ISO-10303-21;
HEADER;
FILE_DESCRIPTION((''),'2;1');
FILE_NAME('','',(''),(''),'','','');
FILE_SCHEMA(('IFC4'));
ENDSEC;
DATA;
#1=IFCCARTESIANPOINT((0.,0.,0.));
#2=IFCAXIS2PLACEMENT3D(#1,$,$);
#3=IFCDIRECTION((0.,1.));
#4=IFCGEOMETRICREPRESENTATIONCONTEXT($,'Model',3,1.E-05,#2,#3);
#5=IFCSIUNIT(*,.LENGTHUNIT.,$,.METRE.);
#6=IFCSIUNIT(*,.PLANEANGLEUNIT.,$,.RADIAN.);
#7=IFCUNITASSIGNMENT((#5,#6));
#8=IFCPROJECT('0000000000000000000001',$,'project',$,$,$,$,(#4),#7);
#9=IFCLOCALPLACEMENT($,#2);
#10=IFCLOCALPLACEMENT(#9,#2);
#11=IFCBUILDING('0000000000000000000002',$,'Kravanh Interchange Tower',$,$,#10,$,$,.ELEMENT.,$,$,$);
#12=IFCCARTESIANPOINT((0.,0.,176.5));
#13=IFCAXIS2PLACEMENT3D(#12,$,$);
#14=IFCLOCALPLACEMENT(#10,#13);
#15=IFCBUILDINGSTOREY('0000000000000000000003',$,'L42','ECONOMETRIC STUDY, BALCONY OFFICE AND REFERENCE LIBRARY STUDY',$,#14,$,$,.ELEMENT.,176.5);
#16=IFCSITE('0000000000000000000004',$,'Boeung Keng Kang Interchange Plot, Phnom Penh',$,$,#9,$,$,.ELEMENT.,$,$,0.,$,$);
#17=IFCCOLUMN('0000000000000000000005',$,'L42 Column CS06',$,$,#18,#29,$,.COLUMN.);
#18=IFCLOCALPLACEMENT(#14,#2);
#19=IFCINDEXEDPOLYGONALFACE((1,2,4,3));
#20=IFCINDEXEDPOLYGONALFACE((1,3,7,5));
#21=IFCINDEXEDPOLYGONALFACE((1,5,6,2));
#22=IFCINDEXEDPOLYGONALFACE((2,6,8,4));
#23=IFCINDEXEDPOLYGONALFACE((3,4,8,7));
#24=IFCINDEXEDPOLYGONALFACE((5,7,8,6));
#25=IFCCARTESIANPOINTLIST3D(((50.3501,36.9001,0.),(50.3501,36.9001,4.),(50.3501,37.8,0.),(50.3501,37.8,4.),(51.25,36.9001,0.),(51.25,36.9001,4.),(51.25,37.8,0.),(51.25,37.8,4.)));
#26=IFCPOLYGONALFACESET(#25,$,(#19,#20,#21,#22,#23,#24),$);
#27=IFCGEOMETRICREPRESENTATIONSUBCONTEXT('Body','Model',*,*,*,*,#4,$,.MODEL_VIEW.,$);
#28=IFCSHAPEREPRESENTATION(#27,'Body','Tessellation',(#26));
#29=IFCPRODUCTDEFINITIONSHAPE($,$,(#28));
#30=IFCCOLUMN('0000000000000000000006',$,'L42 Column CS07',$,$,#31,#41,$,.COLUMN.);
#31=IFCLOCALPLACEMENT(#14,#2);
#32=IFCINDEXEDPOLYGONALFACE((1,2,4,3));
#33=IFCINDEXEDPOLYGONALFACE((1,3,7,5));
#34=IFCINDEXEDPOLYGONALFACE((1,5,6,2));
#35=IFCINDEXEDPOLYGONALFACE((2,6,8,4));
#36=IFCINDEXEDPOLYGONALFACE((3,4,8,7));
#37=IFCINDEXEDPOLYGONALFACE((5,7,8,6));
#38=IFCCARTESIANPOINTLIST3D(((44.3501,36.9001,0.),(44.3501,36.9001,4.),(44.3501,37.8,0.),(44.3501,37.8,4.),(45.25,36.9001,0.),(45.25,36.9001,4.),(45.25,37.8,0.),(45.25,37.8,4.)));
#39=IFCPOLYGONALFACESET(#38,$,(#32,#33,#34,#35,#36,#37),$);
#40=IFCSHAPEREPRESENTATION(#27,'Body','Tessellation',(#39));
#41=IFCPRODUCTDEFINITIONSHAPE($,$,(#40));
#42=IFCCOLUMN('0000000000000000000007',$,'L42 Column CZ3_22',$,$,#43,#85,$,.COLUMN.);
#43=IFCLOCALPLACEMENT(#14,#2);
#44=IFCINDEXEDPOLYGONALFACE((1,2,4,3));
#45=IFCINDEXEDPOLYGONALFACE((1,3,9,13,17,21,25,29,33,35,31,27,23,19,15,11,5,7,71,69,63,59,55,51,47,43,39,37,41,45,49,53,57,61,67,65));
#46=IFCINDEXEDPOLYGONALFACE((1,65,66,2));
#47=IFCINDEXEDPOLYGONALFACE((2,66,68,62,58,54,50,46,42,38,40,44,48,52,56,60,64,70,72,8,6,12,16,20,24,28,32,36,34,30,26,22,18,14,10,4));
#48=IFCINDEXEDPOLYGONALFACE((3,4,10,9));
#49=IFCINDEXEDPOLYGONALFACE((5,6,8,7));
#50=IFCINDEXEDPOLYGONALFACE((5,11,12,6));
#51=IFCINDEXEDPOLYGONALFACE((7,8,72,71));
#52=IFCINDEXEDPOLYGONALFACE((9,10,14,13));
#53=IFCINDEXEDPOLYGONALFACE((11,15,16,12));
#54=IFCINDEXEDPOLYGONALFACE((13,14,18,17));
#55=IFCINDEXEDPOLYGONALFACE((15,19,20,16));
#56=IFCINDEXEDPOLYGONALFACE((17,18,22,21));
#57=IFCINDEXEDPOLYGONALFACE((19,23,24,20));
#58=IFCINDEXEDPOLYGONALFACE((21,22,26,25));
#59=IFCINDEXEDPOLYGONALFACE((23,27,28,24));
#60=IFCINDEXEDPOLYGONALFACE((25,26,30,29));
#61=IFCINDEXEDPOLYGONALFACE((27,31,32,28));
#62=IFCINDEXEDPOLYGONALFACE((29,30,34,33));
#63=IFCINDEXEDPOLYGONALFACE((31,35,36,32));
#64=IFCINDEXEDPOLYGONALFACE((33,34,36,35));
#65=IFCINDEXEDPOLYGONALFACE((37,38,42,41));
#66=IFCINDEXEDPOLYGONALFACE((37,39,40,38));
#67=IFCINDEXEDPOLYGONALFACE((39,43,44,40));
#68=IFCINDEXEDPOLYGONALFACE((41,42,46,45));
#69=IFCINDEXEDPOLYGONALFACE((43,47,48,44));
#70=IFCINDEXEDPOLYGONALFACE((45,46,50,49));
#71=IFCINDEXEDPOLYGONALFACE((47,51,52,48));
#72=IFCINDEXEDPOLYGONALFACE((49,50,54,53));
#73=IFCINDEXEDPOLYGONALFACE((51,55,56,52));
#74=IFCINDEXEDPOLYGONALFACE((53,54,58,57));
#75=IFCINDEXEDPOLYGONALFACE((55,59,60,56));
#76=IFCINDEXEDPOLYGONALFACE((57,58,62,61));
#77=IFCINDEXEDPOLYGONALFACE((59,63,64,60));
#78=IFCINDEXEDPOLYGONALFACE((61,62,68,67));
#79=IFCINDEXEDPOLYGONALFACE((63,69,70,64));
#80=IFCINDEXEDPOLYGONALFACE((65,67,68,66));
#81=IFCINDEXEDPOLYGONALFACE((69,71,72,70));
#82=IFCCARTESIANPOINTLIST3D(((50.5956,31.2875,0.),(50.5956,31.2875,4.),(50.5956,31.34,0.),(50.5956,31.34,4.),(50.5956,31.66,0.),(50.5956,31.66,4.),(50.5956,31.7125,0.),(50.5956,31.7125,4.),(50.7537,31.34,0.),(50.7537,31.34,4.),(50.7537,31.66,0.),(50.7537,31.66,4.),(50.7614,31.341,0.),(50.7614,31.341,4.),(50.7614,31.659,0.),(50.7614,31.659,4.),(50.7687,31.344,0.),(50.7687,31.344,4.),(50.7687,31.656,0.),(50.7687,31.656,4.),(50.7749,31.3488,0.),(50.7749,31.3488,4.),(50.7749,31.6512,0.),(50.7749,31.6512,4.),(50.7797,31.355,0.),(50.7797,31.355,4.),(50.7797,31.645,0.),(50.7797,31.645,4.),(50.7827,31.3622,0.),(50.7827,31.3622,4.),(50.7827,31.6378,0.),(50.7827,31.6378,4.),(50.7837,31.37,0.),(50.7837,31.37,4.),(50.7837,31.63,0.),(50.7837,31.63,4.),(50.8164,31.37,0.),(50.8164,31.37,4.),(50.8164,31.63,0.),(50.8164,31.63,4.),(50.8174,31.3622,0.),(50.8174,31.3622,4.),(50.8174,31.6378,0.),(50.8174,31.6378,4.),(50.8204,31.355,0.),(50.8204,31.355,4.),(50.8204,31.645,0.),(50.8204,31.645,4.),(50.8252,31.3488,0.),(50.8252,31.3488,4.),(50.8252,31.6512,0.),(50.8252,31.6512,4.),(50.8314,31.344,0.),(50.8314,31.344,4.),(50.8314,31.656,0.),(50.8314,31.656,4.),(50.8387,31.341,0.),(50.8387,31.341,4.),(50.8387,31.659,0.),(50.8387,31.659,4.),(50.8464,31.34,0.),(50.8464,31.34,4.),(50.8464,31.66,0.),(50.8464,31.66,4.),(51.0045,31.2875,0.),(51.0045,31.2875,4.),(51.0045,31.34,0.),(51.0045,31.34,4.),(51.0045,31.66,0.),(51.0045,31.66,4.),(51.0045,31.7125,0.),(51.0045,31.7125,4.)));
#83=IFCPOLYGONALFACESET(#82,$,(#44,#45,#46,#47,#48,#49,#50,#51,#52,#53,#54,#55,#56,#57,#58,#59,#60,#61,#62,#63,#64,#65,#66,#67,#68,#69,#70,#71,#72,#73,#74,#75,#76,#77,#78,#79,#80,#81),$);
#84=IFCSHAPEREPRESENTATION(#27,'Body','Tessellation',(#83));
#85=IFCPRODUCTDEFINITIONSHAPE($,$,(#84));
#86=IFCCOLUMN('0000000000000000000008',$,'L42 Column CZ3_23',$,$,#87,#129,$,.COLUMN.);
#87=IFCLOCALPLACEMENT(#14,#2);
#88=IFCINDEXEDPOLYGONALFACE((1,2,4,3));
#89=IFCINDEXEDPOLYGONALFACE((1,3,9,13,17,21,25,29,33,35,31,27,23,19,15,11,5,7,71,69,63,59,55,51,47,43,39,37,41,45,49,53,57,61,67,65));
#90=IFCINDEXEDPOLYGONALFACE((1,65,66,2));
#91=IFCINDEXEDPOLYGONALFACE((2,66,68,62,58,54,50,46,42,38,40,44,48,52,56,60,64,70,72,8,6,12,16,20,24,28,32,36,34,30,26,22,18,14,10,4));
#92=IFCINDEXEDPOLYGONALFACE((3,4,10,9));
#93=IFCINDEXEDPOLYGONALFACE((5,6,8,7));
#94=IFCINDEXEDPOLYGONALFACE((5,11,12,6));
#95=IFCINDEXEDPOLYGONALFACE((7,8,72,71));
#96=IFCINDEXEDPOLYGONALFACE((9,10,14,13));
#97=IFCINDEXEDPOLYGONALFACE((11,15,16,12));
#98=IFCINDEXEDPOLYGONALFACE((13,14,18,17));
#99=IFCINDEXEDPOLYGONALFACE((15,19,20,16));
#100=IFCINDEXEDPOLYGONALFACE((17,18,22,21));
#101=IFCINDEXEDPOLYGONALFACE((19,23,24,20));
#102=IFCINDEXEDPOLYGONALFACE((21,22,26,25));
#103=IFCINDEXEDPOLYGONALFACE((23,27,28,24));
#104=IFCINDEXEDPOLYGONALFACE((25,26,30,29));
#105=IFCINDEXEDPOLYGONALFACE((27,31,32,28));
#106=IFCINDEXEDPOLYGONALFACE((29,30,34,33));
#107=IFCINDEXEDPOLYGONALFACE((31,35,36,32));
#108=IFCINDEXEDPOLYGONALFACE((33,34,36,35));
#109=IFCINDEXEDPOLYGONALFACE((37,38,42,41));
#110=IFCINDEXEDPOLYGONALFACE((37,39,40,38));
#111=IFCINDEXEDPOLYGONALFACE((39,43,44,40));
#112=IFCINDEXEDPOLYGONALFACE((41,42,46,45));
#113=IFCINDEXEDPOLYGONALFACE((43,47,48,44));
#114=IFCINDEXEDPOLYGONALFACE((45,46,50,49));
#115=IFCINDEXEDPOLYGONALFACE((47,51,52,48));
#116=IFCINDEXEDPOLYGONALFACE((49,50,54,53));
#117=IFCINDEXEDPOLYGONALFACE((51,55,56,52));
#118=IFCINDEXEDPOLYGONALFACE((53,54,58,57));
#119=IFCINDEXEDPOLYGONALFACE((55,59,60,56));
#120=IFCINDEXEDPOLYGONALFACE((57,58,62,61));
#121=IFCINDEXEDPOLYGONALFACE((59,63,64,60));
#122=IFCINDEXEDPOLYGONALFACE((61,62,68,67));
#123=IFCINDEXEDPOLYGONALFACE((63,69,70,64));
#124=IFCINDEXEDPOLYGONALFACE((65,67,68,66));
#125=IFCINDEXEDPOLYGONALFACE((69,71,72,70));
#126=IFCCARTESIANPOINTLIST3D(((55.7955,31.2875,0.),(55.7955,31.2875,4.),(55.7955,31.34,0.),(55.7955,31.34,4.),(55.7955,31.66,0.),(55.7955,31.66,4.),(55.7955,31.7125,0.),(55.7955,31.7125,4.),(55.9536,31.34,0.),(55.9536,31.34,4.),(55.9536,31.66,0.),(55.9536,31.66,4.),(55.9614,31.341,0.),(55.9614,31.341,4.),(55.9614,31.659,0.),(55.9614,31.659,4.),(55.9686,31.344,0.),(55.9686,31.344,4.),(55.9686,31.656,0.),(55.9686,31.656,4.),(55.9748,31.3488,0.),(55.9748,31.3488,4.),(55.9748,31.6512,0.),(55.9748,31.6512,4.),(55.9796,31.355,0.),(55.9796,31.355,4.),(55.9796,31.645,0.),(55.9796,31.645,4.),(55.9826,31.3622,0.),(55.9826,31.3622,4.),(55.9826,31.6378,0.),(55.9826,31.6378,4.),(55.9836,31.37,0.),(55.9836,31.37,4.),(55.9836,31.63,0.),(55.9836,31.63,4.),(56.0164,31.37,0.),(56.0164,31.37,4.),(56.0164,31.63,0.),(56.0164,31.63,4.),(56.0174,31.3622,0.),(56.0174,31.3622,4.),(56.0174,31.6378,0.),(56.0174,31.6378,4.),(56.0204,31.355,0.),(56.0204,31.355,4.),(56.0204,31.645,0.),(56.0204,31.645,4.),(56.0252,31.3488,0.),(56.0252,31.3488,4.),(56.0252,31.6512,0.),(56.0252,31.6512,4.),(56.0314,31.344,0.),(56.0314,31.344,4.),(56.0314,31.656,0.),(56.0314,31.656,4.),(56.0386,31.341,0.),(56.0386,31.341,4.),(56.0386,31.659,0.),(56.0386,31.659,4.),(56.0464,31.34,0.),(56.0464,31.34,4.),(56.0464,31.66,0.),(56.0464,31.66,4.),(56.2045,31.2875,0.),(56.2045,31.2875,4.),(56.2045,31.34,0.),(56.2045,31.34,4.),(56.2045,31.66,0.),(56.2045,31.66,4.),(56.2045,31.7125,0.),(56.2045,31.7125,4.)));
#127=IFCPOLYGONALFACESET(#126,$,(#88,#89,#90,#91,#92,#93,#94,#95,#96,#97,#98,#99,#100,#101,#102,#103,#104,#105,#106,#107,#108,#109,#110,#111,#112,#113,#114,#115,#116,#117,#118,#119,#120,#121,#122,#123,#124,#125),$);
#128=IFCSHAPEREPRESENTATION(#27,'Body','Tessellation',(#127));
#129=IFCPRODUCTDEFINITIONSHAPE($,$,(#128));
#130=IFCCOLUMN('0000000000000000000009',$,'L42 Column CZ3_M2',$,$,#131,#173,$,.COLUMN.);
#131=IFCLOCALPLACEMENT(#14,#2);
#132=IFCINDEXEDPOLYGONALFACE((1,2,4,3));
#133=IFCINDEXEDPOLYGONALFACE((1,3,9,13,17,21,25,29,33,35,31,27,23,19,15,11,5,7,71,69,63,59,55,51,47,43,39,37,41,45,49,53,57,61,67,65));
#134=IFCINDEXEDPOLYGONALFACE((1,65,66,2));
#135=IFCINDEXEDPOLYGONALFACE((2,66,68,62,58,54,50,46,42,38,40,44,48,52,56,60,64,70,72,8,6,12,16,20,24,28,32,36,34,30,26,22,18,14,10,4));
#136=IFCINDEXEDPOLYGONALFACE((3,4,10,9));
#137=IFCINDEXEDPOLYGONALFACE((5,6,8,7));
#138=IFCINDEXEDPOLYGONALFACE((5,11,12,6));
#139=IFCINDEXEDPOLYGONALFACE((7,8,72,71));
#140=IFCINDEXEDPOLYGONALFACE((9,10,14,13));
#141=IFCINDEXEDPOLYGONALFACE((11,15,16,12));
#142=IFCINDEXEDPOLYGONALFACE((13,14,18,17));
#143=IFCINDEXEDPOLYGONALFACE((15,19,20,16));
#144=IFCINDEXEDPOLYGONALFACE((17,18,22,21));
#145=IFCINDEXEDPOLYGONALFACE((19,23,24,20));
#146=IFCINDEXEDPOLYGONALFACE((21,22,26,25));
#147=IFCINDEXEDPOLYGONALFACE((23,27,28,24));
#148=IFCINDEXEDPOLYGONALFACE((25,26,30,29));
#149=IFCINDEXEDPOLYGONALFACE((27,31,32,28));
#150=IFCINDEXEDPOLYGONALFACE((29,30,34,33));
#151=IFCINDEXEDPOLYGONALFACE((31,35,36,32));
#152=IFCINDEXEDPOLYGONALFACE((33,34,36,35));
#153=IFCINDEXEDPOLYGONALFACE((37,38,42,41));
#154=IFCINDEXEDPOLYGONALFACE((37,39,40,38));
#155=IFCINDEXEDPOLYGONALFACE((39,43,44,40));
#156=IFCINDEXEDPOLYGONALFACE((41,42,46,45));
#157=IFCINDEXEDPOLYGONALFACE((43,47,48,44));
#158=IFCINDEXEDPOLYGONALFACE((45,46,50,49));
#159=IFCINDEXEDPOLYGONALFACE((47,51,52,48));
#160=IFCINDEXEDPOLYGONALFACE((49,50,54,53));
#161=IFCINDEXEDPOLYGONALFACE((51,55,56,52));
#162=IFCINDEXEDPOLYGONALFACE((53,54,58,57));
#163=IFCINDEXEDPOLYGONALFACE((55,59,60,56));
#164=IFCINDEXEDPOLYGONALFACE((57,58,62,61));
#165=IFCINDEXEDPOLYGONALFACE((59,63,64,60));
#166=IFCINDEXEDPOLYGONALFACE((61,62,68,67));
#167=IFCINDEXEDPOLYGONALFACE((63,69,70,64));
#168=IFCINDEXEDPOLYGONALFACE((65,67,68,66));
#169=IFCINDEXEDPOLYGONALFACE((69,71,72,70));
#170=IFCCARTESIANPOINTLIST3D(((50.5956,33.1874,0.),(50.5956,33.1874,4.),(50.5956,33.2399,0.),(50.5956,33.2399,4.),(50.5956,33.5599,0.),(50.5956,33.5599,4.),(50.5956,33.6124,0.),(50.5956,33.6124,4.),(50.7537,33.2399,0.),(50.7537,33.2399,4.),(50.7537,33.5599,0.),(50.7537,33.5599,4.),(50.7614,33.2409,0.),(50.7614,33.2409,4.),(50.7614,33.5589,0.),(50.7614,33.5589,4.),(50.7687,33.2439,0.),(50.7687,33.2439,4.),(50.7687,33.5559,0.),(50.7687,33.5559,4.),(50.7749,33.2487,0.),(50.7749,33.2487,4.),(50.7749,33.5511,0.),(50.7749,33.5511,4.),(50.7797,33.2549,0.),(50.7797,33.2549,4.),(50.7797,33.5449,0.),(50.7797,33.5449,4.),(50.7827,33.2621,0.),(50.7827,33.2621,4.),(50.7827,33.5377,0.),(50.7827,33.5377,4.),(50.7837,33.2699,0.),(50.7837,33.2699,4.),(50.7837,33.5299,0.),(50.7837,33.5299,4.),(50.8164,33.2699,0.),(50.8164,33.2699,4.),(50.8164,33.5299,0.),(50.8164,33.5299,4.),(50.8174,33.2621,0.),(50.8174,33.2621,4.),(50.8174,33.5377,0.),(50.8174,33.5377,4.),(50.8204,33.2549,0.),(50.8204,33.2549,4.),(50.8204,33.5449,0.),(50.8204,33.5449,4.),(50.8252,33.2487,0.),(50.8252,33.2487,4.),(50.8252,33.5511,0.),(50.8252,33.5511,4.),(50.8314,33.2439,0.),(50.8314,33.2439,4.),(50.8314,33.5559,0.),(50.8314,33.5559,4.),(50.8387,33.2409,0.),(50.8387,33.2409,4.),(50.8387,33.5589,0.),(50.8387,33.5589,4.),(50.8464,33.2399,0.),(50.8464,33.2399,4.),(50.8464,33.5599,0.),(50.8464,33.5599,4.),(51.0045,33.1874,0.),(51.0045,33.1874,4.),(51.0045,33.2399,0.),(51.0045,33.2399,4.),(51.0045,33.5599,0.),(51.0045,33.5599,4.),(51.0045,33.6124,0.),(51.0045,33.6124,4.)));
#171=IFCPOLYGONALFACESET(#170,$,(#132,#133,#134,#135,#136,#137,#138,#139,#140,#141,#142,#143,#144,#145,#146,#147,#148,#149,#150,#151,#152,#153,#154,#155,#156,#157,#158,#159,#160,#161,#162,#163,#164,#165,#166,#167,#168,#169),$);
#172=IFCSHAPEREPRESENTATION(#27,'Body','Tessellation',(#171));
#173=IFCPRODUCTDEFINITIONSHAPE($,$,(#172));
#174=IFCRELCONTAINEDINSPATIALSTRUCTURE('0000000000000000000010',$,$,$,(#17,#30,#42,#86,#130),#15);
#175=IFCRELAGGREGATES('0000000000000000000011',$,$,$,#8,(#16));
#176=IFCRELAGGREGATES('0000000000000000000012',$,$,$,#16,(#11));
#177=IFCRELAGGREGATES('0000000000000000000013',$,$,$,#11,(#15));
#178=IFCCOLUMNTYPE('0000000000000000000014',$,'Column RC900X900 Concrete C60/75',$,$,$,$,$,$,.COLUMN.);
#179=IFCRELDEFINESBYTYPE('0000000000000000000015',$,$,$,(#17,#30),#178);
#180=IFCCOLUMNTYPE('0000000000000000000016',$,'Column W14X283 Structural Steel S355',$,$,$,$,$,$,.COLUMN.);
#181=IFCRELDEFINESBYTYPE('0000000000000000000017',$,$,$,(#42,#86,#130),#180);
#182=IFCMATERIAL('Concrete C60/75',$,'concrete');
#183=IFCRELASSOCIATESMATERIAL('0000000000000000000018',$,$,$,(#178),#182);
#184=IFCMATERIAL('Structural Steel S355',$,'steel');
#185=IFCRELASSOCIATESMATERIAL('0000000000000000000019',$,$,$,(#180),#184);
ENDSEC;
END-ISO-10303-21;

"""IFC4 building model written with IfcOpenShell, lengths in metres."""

from ifc_helpers import new_model, si_unit, direction, frame, origin, origin_2d, place, context, subcontext, project, spatial, rectangle, i_section, extrude, material, material_profile, profile_set, type_object, element, save


model = new_model("IFC4")

# Units and contexts
model_context = context("Model", 3, precision=1e-05, world=origin(), true_north=direction((0.0, 1.0)))
body_context = subcontext(model_context, "Body", "Model", "MODEL_VIEW")
ifc_project = project(units=[si_unit("LENGTHUNIT", "METRE"), si_unit("PLANEANGLEUNIT", "RADIAN")], contexts=[model_context])

# Site, building, storey
site_placement = place(None, origin())
site = spatial("IfcSite", under=ifc_project, at=site_placement, Name="Boeung Keng Kang Interchange Plot, Phnom Penh", CompositionType="ELEMENT", RefElevation=0.0)
building_placement = place(site_placement, origin())
building = spatial("IfcBuilding", under=site, at=building_placement, Name="Kravanh Interchange Tower", CompositionType="ELEMENT")
storey_placement = place(building_placement, frame((0.0, 0.0, 176.5)))
storey = spatial("IfcBuildingStorey", under=building, at=storey_placement, Name="L42", Description="ECONOMETRIC STUDY, BALCONY OFFICE AND REFERENCE LIBRARY STUDY", CompositionType="ELEMENT", Elevation=176.5)

# Columns
ifc_material_1 = material(Name="Concrete C60/75", Category="concrete")
ifc_material_profile_1 = material_profile(ifc_material_1, rectangle(XDim=0.8999, YDim=0.8999, at=origin_2d()), Name="RC900X900")
ifc_profile_set_1 = profile_set([ifc_material_profile_1], Name="Concrete C60/75")
column_type_1 = type_object("IfcColumnType", Name="Column RC900X900 Concrete C60/75", PredefinedType="COLUMN", material=ifc_profile_set_1)
for number, where, z_axis, x_axis, name in (
    (1, (50.8, 37.3501, 0.0), (0.0, 0.0, 1.0), (1.0, 0.0, 0.0), "L42 Column CS06"),
    (2, (44.8, 37.3501, 0.0), (0.0, 0.0, 1.0), (1.0, 0.0, 0.0), "L42 Column CS07"),
):
    element("IfcColumn", number, at=place(storey_placement, frame(where, z_axis=z_axis, x_axis=x_axis)), inside=storey, type_object=column_type_1, Name=name, PredefinedType="COLUMN", context=body_context, shape_type="SweptSolid", body=[
        extrude(rectangle(XDim=0.8999, YDim=0.8999, at=origin_2d()), origin(), (0.0, 0.0, 1.0), 4.0),
    ])
ifc_material_2 = material(Name="Structural Steel S355", Category="steel")
ifc_material_profile_2 = material_profile(ifc_material_2, i_section(OverallWidth=0.4089, OverallDepth=0.425, WebThickness=0.0327, FlangeThickness=0.0525, FilletRadius=0.03, at=origin_2d()), Name="W14X283")
ifc_profile_set_2 = profile_set([ifc_material_profile_2], Name="Structural Steel S355")
column_type_2 = type_object("IfcColumnType", Name="Column W14X283 Structural Steel S355", PredefinedType="COLUMN", material=ifc_profile_set_2)
for number, where, z_axis, x_axis, name in (
    (3, (50.8, 31.5, 0.0), (0.0, 0.0, 1.0), (1.0, 0.0, 0.0), "L42 Column CZ3_22"),
    (4, (56.0, 31.5, 0.0), (0.0, 0.0, 1.0), (1.0, 0.0, 0.0), "L42 Column CZ3_23"),
    (5, (50.8, 33.3999, 0.0), (0.0, 0.0, 1.0), (1.0, 0.0, 0.0), "L42 Column CZ3_M2"),
):
    element("IfcColumn", number, at=place(storey_placement, frame(where, z_axis=z_axis, x_axis=x_axis)), inside=storey, type_object=column_type_2, Name=name, PredefinedType="COLUMN", context=body_context, shape_type="SweptSolid", body=[
        extrude(i_section(OverallWidth=0.4089, OverallDepth=0.425, WebThickness=0.0327, FlangeThickness=0.0525, FilletRadius=0.03, at=origin_2d()), origin(), (0.0, 0.0, 1.0), 4.0),
    ])

save(model, "model.ifc")
